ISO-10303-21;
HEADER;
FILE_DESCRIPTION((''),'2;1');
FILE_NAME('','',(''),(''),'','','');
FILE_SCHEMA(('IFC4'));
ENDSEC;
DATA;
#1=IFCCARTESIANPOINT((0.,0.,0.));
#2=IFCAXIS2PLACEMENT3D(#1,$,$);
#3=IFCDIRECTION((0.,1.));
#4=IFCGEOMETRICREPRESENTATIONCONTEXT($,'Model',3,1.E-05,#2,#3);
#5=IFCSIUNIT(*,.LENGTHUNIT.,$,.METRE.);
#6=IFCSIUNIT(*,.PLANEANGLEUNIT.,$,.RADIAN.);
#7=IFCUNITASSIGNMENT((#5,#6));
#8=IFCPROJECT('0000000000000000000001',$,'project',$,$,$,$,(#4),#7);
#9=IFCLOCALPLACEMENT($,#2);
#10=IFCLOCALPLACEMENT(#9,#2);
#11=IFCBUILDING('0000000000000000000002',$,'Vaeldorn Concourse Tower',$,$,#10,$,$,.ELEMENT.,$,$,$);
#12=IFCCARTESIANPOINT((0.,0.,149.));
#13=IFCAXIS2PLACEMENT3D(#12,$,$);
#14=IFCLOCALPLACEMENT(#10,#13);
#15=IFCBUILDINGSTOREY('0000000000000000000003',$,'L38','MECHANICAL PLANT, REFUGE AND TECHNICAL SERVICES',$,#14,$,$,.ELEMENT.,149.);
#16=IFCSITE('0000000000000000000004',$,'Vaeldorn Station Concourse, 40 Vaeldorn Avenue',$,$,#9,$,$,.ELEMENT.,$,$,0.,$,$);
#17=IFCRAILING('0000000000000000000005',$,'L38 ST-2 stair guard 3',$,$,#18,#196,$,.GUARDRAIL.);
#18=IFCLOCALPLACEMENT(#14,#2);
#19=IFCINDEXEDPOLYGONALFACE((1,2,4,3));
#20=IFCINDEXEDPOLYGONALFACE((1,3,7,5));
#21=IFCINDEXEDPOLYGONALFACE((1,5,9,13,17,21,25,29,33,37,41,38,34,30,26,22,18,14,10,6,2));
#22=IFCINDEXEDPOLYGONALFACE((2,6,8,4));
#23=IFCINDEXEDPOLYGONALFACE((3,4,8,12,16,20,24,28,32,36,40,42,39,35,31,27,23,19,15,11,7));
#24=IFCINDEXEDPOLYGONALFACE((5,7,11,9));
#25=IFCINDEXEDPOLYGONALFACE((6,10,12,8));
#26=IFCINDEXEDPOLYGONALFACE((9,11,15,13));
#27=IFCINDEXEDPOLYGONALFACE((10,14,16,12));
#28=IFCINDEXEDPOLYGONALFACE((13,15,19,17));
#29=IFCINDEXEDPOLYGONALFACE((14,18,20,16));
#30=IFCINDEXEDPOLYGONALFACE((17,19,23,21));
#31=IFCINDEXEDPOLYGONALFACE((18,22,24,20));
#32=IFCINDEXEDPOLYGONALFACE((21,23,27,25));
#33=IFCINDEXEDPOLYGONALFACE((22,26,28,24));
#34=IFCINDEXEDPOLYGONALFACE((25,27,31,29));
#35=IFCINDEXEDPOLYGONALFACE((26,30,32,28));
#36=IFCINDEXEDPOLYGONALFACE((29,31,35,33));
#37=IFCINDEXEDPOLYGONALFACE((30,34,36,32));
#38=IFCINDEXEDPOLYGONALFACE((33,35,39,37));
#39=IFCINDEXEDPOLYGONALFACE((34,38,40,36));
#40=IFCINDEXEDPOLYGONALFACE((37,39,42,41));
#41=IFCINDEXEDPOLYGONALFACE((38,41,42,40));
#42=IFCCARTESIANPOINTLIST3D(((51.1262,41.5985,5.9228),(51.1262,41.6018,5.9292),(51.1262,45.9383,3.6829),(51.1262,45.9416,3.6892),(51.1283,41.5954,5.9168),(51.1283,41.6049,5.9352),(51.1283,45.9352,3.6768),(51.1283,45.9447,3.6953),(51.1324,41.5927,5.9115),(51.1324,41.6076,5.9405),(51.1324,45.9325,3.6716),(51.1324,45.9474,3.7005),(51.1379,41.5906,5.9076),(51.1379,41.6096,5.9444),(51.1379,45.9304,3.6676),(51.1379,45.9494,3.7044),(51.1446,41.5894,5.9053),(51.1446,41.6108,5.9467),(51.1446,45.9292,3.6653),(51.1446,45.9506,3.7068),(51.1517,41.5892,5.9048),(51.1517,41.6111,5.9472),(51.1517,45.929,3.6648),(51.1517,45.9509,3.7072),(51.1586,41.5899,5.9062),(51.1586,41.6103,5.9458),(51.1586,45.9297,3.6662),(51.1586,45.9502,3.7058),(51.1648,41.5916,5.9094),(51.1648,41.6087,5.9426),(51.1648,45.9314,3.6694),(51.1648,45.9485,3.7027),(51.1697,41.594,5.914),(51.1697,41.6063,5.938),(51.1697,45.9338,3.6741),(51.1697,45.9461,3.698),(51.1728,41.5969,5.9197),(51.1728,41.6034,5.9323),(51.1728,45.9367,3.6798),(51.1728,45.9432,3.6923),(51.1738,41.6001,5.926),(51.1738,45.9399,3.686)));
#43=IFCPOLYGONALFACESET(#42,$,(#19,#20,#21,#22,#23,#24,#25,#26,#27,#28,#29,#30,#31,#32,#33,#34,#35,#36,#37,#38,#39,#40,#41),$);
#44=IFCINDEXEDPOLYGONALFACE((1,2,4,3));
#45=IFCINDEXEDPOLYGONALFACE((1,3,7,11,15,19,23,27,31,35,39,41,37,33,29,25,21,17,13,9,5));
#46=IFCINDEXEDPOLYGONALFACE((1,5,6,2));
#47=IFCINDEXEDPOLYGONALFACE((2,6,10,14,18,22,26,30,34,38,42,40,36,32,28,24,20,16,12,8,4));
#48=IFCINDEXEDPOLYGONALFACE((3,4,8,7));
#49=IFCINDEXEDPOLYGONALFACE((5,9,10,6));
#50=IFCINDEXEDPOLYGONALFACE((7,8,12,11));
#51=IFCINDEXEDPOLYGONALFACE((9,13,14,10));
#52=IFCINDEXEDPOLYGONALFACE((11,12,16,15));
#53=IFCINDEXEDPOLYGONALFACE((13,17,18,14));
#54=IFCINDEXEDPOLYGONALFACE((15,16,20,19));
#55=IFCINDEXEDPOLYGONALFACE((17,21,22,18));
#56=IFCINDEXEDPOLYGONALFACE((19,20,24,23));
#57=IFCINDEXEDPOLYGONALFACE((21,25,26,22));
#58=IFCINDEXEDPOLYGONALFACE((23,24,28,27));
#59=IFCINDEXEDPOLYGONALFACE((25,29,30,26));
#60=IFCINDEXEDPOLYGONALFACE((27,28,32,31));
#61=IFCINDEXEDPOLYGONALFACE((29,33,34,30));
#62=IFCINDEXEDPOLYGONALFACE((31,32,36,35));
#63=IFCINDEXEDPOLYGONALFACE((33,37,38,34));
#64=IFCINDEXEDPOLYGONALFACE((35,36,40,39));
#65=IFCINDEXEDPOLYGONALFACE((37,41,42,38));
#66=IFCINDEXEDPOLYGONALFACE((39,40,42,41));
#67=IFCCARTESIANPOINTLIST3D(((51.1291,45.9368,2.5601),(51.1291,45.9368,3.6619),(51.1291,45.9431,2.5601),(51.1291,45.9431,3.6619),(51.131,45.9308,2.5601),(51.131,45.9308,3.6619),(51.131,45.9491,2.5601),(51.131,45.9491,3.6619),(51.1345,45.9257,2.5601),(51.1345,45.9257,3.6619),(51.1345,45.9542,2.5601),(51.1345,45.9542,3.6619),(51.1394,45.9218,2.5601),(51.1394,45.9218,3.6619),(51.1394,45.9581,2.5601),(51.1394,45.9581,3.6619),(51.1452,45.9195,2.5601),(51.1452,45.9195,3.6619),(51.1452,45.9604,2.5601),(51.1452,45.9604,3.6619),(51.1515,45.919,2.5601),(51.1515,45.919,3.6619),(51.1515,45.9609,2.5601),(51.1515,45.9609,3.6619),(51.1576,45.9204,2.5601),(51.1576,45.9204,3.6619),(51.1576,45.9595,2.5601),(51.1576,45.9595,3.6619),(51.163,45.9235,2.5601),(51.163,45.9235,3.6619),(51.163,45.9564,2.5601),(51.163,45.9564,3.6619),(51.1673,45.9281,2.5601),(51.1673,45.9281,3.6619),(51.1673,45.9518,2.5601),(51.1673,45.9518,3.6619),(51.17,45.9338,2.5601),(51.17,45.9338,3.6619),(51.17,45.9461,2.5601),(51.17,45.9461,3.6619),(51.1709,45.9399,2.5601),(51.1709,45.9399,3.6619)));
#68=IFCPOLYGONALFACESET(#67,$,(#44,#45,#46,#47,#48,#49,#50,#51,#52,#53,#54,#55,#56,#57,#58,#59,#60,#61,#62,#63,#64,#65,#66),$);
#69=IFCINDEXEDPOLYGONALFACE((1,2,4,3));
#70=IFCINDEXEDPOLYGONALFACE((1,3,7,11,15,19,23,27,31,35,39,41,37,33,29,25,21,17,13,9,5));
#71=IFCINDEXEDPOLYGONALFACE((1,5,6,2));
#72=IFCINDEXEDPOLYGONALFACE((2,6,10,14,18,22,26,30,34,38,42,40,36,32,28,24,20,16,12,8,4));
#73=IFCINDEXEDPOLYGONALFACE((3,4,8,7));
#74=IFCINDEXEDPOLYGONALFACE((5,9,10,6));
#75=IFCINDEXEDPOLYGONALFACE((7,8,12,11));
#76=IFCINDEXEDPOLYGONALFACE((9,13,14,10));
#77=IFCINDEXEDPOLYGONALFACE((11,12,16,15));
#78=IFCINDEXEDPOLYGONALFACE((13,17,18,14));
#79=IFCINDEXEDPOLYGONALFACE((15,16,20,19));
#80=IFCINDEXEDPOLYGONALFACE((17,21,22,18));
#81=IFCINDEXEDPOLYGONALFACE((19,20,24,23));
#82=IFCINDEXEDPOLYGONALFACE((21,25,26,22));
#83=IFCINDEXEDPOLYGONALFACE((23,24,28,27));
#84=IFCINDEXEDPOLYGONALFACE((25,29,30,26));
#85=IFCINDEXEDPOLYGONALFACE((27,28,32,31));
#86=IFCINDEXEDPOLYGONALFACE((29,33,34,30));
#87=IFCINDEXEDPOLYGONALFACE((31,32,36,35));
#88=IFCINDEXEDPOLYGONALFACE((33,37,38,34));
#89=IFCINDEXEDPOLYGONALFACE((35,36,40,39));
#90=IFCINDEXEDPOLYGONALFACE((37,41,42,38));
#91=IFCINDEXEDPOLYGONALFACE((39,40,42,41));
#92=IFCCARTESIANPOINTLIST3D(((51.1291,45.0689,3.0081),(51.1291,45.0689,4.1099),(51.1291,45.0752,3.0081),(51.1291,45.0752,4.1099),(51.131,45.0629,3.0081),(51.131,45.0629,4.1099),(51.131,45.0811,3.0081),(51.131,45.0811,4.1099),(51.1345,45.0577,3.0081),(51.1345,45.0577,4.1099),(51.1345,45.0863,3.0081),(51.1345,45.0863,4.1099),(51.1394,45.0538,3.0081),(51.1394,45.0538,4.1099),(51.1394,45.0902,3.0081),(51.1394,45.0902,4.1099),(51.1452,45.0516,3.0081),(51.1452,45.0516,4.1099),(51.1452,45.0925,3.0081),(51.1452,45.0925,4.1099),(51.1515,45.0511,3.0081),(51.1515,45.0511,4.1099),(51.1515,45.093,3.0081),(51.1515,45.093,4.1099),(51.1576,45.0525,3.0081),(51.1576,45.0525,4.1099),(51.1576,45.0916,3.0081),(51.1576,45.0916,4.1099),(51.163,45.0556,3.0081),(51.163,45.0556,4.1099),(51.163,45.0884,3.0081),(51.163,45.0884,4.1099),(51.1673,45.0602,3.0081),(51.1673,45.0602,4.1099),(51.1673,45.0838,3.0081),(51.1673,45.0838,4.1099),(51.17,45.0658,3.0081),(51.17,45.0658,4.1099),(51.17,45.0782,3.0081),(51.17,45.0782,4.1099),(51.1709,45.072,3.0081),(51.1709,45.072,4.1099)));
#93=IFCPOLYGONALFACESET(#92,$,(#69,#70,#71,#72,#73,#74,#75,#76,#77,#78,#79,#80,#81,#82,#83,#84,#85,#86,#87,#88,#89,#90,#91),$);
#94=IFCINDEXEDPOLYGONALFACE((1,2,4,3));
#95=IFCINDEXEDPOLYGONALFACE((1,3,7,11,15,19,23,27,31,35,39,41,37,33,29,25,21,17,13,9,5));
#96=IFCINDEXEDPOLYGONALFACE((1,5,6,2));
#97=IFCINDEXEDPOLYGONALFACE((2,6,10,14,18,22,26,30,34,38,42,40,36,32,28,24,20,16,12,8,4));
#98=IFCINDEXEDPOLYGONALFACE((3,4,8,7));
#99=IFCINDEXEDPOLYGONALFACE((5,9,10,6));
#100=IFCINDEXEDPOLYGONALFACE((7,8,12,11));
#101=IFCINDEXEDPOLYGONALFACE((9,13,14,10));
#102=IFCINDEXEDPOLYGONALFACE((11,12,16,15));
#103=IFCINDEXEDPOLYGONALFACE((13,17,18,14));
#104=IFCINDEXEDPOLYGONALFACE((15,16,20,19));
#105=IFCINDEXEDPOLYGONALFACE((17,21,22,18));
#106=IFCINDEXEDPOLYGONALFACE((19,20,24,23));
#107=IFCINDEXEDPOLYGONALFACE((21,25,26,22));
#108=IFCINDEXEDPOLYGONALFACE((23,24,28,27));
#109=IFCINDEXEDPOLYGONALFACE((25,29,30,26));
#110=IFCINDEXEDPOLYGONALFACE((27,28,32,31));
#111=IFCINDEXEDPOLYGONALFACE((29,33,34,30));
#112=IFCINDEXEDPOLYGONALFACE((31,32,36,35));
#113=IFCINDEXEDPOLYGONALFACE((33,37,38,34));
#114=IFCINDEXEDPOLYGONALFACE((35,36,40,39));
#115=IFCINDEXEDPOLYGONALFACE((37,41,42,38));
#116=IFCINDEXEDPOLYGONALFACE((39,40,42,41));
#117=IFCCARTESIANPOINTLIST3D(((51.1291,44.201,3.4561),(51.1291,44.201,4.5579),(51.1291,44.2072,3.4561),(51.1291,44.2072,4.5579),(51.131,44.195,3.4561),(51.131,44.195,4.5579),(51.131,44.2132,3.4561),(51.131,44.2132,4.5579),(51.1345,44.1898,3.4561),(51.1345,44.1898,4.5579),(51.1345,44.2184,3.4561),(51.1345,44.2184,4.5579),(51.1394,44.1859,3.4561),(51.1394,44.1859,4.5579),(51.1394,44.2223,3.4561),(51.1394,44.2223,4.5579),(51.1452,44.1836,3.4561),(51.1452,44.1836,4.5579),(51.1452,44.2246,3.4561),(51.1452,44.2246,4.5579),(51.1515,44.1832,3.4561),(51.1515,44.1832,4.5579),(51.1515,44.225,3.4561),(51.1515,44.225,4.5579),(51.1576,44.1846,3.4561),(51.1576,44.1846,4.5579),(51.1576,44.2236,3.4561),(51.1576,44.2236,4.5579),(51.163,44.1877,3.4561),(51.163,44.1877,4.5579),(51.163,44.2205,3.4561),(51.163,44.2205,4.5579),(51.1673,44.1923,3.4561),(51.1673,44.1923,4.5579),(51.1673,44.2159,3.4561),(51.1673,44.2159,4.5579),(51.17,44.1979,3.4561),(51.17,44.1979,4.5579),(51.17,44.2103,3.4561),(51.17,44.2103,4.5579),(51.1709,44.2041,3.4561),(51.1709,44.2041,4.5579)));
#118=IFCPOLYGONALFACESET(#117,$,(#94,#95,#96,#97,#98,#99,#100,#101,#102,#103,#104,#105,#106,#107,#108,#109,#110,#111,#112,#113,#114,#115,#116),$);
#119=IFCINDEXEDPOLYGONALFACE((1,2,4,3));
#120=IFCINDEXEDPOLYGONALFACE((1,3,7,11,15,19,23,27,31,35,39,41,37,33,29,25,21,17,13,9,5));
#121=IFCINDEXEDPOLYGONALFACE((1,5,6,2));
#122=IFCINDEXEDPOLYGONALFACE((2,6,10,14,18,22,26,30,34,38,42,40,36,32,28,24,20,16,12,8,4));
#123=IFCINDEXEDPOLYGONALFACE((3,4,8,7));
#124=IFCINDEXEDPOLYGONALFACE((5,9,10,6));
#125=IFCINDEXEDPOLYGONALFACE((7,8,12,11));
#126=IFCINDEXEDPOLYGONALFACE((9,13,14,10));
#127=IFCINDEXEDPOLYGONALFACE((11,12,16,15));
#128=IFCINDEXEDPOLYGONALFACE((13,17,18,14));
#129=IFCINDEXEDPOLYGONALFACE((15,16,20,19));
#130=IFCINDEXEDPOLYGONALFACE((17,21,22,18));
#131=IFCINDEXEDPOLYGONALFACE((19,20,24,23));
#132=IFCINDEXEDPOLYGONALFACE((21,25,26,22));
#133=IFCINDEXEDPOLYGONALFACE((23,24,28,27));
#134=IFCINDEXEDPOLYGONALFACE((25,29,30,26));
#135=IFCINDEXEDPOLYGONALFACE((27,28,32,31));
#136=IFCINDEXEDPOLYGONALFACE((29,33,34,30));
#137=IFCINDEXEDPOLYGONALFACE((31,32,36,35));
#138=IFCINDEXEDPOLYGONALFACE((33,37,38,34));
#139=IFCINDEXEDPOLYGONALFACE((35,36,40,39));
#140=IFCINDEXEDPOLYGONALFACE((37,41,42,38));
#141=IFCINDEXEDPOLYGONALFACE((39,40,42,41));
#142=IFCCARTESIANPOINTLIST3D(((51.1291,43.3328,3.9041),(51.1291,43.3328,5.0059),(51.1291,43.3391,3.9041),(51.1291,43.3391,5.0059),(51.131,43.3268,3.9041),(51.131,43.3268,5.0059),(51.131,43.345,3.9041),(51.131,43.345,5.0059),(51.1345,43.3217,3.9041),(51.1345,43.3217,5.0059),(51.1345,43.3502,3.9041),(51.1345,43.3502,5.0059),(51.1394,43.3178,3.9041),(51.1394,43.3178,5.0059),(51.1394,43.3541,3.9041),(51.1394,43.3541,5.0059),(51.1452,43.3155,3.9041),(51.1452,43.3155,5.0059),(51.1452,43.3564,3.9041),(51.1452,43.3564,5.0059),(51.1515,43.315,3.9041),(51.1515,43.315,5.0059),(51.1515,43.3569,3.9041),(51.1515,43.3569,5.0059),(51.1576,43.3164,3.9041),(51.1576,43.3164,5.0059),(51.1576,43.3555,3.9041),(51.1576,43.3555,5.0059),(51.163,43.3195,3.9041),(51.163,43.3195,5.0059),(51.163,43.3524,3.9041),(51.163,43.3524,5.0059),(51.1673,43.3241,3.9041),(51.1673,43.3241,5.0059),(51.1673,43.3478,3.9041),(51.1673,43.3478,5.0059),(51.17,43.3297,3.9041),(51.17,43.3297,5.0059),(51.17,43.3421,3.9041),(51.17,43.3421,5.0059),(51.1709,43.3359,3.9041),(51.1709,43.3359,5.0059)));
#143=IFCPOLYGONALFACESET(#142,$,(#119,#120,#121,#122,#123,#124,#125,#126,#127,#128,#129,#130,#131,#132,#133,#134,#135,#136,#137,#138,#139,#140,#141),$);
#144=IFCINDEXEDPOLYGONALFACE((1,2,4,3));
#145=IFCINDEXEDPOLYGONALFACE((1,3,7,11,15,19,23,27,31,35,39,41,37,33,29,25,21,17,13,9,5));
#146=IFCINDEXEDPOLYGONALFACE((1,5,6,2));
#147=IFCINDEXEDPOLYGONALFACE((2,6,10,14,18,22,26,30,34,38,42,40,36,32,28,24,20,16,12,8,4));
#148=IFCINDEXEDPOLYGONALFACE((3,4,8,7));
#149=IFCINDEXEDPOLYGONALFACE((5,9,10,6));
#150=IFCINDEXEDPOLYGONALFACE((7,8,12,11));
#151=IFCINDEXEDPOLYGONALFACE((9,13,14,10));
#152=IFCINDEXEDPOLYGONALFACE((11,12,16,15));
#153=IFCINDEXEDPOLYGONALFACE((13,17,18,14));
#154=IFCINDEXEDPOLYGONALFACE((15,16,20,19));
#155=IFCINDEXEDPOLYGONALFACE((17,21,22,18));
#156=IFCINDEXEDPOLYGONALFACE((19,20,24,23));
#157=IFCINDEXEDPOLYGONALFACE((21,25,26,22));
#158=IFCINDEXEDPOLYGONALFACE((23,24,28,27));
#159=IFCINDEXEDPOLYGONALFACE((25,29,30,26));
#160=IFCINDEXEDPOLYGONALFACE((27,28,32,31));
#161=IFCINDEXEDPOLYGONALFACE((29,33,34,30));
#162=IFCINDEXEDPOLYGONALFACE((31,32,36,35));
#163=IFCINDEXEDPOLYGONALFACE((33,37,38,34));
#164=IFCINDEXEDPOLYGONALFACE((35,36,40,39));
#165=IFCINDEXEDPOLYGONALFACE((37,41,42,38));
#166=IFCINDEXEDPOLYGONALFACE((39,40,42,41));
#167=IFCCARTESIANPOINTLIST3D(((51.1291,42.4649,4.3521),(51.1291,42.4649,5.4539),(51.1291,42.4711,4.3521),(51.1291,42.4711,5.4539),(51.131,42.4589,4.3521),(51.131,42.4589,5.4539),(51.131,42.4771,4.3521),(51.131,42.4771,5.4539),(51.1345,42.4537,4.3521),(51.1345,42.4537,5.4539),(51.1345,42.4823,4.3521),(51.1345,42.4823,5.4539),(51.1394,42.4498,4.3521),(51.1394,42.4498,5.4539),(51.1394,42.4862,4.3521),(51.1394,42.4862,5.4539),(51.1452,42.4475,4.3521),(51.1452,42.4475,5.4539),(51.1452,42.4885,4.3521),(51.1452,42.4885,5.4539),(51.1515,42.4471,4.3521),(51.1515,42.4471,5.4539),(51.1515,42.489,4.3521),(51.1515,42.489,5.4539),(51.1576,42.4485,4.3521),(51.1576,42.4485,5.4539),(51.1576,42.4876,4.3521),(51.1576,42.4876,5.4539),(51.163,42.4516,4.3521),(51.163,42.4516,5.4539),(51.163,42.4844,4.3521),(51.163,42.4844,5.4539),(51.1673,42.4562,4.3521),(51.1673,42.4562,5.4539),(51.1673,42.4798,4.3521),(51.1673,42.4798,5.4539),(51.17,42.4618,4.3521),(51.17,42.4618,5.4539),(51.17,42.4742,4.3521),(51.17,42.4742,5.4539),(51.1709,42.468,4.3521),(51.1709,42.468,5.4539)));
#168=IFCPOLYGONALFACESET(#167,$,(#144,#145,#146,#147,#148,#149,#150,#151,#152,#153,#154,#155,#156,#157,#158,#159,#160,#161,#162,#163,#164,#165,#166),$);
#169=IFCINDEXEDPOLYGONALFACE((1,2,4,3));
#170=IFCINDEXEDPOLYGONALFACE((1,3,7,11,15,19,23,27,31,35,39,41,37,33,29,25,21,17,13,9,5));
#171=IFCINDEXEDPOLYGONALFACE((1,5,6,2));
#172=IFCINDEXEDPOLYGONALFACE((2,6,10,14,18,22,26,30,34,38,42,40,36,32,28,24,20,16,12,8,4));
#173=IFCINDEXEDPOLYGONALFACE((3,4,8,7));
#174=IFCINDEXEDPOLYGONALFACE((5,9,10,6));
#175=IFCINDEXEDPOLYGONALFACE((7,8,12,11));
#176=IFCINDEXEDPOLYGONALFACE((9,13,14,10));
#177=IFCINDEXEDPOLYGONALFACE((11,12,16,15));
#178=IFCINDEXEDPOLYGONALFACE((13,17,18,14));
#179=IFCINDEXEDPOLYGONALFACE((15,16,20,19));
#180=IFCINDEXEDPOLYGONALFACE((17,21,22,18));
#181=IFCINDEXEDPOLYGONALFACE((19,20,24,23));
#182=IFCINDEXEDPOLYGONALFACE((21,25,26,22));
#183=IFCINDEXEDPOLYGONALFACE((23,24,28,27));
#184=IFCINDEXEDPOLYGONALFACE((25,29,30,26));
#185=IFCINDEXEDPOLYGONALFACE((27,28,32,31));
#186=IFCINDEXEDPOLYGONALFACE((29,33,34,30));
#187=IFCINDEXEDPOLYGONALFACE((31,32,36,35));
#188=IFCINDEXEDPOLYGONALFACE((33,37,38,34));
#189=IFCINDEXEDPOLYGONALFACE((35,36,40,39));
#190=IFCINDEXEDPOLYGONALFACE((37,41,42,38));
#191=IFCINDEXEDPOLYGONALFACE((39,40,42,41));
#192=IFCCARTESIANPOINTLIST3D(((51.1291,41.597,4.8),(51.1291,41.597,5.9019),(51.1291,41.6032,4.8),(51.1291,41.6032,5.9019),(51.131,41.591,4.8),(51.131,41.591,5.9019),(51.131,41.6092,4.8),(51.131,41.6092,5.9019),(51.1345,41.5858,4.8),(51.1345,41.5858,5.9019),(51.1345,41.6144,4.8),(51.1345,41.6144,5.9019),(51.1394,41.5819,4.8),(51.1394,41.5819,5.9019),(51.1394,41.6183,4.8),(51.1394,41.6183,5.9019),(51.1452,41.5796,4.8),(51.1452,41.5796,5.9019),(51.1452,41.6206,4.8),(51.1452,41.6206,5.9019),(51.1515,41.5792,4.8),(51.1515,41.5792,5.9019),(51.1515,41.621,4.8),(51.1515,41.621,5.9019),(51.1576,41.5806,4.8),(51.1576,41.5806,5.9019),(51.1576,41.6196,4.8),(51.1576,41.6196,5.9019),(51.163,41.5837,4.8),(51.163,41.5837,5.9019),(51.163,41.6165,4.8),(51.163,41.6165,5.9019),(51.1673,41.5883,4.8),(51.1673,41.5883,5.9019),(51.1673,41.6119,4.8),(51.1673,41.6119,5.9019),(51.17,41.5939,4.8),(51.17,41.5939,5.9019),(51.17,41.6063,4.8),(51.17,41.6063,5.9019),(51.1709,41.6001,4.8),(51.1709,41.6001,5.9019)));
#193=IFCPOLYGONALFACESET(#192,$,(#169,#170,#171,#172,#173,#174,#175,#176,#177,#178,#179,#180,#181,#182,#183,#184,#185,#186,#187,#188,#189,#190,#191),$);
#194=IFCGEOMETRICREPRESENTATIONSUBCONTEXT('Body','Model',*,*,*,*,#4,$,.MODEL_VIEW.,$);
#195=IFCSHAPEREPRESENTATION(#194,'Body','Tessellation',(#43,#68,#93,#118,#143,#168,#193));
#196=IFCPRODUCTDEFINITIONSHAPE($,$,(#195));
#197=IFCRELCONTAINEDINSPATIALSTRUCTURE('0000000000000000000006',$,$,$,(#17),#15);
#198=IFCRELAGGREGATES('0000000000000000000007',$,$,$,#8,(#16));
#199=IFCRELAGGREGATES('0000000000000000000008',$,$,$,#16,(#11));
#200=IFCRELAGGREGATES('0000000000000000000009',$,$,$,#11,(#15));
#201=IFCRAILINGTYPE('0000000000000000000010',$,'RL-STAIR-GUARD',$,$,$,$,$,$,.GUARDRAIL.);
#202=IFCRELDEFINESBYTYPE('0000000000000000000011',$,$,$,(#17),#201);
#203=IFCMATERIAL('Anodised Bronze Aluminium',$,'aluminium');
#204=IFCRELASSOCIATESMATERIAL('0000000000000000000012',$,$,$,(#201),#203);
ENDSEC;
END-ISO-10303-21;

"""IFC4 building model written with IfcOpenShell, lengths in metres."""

from ifc_helpers import new_model, si_unit, direction, frame, origin, origin_2d, place, context, subcontext, project, spatial, circle, extrude, material, type_object, element, save


model = new_model("IFC4")

# Units and contexts
model_context = context("Model", 3, precision=1e-05, world=origin(), true_north=direction((0.0, 1.0)))
body_context = subcontext(model_context, "Body", "Model", "MODEL_VIEW")
ifc_project = project(units=[si_unit("LENGTHUNIT", "METRE"), si_unit("PLANEANGLEUNIT", "RADIAN")], contexts=[model_context])

# Site, building, storey
site_placement = place(None, origin())
site = spatial("IfcSite", under=ifc_project, at=site_placement, Name="Vaeldorn Station Concourse, 40 Vaeldorn Avenue", CompositionType="ELEMENT", RefElevation=0.0)
building_placement = place(site_placement, origin())
building = spatial("IfcBuilding", under=site, at=building_placement, Name="Vaeldorn Concourse Tower", CompositionType="ELEMENT")
storey_placement = place(building_placement, frame((0.0, 0.0, 149.0)))
storey = spatial("IfcBuildingStorey", under=building, at=storey_placement, Name="L38", Description="MECHANICAL PLANT, REFUGE AND TECHNICAL SERVICES", CompositionType="ELEMENT", Elevation=149.0)

# Railing
ifc_material_1 = material(Name="Anodised Bronze Aluminium", Category="aluminium")
railing_type_1 = type_object("IfcRailingType", Name="RL-STAIR-GUARD", PredefinedType="GUARDRAIL", material=ifc_material_1)
railing_1_placement = place(storey_placement, frame((51.1499, 45.9399, 2.5601)))
element("IfcRailing", 1, at=railing_1_placement, inside=storey, type_object=railing_type_1, Name="L38 ST-2 stair guard 3", PredefinedType="GUARDRAIL", context=body_context, shape_type="SweptSolid", body=[
    extrude(circle(Radius=0.0239, at=origin_2d()), frame((0.0, 0.0, 1.126), z_axis=(0.0, -0.888615, 0.458654), x_axis=(1.0, 0.0, 0.0)), (0.0, 0.0, 1.0), 4.8838),
    extrude(circle(Radius=0.021, at=origin_2d()), origin(), (0.0, 0.0, 1.0), 1.1018),
    extrude(circle(Radius=0.021, at=origin_2d()), frame((0.0, -0.8679, 0.448)), (0.0, 0.0, 1.0), 1.1018),
    extrude(circle(Radius=0.021, at=origin_2d()), frame((0.0, -1.7358, 0.896)), (0.0, 0.0, 1.0), 1.1018),
    extrude(circle(Radius=0.021, at=origin_2d()), frame((0.0, -2.604, 1.344)), (0.0, 0.0, 1.0), 1.1018),
    extrude(circle(Radius=0.021, at=origin_2d()), frame((0.0, -3.4719, 1.792)), (0.0, 0.0, 1.0), 1.1018),
    extrude(circle(Radius=0.021, at=origin_2d()), frame((0.0, -4.3398, 2.24)), (0.0, 0.0, 1.0), 1.1018),
])

save(model, "model.ifc")
